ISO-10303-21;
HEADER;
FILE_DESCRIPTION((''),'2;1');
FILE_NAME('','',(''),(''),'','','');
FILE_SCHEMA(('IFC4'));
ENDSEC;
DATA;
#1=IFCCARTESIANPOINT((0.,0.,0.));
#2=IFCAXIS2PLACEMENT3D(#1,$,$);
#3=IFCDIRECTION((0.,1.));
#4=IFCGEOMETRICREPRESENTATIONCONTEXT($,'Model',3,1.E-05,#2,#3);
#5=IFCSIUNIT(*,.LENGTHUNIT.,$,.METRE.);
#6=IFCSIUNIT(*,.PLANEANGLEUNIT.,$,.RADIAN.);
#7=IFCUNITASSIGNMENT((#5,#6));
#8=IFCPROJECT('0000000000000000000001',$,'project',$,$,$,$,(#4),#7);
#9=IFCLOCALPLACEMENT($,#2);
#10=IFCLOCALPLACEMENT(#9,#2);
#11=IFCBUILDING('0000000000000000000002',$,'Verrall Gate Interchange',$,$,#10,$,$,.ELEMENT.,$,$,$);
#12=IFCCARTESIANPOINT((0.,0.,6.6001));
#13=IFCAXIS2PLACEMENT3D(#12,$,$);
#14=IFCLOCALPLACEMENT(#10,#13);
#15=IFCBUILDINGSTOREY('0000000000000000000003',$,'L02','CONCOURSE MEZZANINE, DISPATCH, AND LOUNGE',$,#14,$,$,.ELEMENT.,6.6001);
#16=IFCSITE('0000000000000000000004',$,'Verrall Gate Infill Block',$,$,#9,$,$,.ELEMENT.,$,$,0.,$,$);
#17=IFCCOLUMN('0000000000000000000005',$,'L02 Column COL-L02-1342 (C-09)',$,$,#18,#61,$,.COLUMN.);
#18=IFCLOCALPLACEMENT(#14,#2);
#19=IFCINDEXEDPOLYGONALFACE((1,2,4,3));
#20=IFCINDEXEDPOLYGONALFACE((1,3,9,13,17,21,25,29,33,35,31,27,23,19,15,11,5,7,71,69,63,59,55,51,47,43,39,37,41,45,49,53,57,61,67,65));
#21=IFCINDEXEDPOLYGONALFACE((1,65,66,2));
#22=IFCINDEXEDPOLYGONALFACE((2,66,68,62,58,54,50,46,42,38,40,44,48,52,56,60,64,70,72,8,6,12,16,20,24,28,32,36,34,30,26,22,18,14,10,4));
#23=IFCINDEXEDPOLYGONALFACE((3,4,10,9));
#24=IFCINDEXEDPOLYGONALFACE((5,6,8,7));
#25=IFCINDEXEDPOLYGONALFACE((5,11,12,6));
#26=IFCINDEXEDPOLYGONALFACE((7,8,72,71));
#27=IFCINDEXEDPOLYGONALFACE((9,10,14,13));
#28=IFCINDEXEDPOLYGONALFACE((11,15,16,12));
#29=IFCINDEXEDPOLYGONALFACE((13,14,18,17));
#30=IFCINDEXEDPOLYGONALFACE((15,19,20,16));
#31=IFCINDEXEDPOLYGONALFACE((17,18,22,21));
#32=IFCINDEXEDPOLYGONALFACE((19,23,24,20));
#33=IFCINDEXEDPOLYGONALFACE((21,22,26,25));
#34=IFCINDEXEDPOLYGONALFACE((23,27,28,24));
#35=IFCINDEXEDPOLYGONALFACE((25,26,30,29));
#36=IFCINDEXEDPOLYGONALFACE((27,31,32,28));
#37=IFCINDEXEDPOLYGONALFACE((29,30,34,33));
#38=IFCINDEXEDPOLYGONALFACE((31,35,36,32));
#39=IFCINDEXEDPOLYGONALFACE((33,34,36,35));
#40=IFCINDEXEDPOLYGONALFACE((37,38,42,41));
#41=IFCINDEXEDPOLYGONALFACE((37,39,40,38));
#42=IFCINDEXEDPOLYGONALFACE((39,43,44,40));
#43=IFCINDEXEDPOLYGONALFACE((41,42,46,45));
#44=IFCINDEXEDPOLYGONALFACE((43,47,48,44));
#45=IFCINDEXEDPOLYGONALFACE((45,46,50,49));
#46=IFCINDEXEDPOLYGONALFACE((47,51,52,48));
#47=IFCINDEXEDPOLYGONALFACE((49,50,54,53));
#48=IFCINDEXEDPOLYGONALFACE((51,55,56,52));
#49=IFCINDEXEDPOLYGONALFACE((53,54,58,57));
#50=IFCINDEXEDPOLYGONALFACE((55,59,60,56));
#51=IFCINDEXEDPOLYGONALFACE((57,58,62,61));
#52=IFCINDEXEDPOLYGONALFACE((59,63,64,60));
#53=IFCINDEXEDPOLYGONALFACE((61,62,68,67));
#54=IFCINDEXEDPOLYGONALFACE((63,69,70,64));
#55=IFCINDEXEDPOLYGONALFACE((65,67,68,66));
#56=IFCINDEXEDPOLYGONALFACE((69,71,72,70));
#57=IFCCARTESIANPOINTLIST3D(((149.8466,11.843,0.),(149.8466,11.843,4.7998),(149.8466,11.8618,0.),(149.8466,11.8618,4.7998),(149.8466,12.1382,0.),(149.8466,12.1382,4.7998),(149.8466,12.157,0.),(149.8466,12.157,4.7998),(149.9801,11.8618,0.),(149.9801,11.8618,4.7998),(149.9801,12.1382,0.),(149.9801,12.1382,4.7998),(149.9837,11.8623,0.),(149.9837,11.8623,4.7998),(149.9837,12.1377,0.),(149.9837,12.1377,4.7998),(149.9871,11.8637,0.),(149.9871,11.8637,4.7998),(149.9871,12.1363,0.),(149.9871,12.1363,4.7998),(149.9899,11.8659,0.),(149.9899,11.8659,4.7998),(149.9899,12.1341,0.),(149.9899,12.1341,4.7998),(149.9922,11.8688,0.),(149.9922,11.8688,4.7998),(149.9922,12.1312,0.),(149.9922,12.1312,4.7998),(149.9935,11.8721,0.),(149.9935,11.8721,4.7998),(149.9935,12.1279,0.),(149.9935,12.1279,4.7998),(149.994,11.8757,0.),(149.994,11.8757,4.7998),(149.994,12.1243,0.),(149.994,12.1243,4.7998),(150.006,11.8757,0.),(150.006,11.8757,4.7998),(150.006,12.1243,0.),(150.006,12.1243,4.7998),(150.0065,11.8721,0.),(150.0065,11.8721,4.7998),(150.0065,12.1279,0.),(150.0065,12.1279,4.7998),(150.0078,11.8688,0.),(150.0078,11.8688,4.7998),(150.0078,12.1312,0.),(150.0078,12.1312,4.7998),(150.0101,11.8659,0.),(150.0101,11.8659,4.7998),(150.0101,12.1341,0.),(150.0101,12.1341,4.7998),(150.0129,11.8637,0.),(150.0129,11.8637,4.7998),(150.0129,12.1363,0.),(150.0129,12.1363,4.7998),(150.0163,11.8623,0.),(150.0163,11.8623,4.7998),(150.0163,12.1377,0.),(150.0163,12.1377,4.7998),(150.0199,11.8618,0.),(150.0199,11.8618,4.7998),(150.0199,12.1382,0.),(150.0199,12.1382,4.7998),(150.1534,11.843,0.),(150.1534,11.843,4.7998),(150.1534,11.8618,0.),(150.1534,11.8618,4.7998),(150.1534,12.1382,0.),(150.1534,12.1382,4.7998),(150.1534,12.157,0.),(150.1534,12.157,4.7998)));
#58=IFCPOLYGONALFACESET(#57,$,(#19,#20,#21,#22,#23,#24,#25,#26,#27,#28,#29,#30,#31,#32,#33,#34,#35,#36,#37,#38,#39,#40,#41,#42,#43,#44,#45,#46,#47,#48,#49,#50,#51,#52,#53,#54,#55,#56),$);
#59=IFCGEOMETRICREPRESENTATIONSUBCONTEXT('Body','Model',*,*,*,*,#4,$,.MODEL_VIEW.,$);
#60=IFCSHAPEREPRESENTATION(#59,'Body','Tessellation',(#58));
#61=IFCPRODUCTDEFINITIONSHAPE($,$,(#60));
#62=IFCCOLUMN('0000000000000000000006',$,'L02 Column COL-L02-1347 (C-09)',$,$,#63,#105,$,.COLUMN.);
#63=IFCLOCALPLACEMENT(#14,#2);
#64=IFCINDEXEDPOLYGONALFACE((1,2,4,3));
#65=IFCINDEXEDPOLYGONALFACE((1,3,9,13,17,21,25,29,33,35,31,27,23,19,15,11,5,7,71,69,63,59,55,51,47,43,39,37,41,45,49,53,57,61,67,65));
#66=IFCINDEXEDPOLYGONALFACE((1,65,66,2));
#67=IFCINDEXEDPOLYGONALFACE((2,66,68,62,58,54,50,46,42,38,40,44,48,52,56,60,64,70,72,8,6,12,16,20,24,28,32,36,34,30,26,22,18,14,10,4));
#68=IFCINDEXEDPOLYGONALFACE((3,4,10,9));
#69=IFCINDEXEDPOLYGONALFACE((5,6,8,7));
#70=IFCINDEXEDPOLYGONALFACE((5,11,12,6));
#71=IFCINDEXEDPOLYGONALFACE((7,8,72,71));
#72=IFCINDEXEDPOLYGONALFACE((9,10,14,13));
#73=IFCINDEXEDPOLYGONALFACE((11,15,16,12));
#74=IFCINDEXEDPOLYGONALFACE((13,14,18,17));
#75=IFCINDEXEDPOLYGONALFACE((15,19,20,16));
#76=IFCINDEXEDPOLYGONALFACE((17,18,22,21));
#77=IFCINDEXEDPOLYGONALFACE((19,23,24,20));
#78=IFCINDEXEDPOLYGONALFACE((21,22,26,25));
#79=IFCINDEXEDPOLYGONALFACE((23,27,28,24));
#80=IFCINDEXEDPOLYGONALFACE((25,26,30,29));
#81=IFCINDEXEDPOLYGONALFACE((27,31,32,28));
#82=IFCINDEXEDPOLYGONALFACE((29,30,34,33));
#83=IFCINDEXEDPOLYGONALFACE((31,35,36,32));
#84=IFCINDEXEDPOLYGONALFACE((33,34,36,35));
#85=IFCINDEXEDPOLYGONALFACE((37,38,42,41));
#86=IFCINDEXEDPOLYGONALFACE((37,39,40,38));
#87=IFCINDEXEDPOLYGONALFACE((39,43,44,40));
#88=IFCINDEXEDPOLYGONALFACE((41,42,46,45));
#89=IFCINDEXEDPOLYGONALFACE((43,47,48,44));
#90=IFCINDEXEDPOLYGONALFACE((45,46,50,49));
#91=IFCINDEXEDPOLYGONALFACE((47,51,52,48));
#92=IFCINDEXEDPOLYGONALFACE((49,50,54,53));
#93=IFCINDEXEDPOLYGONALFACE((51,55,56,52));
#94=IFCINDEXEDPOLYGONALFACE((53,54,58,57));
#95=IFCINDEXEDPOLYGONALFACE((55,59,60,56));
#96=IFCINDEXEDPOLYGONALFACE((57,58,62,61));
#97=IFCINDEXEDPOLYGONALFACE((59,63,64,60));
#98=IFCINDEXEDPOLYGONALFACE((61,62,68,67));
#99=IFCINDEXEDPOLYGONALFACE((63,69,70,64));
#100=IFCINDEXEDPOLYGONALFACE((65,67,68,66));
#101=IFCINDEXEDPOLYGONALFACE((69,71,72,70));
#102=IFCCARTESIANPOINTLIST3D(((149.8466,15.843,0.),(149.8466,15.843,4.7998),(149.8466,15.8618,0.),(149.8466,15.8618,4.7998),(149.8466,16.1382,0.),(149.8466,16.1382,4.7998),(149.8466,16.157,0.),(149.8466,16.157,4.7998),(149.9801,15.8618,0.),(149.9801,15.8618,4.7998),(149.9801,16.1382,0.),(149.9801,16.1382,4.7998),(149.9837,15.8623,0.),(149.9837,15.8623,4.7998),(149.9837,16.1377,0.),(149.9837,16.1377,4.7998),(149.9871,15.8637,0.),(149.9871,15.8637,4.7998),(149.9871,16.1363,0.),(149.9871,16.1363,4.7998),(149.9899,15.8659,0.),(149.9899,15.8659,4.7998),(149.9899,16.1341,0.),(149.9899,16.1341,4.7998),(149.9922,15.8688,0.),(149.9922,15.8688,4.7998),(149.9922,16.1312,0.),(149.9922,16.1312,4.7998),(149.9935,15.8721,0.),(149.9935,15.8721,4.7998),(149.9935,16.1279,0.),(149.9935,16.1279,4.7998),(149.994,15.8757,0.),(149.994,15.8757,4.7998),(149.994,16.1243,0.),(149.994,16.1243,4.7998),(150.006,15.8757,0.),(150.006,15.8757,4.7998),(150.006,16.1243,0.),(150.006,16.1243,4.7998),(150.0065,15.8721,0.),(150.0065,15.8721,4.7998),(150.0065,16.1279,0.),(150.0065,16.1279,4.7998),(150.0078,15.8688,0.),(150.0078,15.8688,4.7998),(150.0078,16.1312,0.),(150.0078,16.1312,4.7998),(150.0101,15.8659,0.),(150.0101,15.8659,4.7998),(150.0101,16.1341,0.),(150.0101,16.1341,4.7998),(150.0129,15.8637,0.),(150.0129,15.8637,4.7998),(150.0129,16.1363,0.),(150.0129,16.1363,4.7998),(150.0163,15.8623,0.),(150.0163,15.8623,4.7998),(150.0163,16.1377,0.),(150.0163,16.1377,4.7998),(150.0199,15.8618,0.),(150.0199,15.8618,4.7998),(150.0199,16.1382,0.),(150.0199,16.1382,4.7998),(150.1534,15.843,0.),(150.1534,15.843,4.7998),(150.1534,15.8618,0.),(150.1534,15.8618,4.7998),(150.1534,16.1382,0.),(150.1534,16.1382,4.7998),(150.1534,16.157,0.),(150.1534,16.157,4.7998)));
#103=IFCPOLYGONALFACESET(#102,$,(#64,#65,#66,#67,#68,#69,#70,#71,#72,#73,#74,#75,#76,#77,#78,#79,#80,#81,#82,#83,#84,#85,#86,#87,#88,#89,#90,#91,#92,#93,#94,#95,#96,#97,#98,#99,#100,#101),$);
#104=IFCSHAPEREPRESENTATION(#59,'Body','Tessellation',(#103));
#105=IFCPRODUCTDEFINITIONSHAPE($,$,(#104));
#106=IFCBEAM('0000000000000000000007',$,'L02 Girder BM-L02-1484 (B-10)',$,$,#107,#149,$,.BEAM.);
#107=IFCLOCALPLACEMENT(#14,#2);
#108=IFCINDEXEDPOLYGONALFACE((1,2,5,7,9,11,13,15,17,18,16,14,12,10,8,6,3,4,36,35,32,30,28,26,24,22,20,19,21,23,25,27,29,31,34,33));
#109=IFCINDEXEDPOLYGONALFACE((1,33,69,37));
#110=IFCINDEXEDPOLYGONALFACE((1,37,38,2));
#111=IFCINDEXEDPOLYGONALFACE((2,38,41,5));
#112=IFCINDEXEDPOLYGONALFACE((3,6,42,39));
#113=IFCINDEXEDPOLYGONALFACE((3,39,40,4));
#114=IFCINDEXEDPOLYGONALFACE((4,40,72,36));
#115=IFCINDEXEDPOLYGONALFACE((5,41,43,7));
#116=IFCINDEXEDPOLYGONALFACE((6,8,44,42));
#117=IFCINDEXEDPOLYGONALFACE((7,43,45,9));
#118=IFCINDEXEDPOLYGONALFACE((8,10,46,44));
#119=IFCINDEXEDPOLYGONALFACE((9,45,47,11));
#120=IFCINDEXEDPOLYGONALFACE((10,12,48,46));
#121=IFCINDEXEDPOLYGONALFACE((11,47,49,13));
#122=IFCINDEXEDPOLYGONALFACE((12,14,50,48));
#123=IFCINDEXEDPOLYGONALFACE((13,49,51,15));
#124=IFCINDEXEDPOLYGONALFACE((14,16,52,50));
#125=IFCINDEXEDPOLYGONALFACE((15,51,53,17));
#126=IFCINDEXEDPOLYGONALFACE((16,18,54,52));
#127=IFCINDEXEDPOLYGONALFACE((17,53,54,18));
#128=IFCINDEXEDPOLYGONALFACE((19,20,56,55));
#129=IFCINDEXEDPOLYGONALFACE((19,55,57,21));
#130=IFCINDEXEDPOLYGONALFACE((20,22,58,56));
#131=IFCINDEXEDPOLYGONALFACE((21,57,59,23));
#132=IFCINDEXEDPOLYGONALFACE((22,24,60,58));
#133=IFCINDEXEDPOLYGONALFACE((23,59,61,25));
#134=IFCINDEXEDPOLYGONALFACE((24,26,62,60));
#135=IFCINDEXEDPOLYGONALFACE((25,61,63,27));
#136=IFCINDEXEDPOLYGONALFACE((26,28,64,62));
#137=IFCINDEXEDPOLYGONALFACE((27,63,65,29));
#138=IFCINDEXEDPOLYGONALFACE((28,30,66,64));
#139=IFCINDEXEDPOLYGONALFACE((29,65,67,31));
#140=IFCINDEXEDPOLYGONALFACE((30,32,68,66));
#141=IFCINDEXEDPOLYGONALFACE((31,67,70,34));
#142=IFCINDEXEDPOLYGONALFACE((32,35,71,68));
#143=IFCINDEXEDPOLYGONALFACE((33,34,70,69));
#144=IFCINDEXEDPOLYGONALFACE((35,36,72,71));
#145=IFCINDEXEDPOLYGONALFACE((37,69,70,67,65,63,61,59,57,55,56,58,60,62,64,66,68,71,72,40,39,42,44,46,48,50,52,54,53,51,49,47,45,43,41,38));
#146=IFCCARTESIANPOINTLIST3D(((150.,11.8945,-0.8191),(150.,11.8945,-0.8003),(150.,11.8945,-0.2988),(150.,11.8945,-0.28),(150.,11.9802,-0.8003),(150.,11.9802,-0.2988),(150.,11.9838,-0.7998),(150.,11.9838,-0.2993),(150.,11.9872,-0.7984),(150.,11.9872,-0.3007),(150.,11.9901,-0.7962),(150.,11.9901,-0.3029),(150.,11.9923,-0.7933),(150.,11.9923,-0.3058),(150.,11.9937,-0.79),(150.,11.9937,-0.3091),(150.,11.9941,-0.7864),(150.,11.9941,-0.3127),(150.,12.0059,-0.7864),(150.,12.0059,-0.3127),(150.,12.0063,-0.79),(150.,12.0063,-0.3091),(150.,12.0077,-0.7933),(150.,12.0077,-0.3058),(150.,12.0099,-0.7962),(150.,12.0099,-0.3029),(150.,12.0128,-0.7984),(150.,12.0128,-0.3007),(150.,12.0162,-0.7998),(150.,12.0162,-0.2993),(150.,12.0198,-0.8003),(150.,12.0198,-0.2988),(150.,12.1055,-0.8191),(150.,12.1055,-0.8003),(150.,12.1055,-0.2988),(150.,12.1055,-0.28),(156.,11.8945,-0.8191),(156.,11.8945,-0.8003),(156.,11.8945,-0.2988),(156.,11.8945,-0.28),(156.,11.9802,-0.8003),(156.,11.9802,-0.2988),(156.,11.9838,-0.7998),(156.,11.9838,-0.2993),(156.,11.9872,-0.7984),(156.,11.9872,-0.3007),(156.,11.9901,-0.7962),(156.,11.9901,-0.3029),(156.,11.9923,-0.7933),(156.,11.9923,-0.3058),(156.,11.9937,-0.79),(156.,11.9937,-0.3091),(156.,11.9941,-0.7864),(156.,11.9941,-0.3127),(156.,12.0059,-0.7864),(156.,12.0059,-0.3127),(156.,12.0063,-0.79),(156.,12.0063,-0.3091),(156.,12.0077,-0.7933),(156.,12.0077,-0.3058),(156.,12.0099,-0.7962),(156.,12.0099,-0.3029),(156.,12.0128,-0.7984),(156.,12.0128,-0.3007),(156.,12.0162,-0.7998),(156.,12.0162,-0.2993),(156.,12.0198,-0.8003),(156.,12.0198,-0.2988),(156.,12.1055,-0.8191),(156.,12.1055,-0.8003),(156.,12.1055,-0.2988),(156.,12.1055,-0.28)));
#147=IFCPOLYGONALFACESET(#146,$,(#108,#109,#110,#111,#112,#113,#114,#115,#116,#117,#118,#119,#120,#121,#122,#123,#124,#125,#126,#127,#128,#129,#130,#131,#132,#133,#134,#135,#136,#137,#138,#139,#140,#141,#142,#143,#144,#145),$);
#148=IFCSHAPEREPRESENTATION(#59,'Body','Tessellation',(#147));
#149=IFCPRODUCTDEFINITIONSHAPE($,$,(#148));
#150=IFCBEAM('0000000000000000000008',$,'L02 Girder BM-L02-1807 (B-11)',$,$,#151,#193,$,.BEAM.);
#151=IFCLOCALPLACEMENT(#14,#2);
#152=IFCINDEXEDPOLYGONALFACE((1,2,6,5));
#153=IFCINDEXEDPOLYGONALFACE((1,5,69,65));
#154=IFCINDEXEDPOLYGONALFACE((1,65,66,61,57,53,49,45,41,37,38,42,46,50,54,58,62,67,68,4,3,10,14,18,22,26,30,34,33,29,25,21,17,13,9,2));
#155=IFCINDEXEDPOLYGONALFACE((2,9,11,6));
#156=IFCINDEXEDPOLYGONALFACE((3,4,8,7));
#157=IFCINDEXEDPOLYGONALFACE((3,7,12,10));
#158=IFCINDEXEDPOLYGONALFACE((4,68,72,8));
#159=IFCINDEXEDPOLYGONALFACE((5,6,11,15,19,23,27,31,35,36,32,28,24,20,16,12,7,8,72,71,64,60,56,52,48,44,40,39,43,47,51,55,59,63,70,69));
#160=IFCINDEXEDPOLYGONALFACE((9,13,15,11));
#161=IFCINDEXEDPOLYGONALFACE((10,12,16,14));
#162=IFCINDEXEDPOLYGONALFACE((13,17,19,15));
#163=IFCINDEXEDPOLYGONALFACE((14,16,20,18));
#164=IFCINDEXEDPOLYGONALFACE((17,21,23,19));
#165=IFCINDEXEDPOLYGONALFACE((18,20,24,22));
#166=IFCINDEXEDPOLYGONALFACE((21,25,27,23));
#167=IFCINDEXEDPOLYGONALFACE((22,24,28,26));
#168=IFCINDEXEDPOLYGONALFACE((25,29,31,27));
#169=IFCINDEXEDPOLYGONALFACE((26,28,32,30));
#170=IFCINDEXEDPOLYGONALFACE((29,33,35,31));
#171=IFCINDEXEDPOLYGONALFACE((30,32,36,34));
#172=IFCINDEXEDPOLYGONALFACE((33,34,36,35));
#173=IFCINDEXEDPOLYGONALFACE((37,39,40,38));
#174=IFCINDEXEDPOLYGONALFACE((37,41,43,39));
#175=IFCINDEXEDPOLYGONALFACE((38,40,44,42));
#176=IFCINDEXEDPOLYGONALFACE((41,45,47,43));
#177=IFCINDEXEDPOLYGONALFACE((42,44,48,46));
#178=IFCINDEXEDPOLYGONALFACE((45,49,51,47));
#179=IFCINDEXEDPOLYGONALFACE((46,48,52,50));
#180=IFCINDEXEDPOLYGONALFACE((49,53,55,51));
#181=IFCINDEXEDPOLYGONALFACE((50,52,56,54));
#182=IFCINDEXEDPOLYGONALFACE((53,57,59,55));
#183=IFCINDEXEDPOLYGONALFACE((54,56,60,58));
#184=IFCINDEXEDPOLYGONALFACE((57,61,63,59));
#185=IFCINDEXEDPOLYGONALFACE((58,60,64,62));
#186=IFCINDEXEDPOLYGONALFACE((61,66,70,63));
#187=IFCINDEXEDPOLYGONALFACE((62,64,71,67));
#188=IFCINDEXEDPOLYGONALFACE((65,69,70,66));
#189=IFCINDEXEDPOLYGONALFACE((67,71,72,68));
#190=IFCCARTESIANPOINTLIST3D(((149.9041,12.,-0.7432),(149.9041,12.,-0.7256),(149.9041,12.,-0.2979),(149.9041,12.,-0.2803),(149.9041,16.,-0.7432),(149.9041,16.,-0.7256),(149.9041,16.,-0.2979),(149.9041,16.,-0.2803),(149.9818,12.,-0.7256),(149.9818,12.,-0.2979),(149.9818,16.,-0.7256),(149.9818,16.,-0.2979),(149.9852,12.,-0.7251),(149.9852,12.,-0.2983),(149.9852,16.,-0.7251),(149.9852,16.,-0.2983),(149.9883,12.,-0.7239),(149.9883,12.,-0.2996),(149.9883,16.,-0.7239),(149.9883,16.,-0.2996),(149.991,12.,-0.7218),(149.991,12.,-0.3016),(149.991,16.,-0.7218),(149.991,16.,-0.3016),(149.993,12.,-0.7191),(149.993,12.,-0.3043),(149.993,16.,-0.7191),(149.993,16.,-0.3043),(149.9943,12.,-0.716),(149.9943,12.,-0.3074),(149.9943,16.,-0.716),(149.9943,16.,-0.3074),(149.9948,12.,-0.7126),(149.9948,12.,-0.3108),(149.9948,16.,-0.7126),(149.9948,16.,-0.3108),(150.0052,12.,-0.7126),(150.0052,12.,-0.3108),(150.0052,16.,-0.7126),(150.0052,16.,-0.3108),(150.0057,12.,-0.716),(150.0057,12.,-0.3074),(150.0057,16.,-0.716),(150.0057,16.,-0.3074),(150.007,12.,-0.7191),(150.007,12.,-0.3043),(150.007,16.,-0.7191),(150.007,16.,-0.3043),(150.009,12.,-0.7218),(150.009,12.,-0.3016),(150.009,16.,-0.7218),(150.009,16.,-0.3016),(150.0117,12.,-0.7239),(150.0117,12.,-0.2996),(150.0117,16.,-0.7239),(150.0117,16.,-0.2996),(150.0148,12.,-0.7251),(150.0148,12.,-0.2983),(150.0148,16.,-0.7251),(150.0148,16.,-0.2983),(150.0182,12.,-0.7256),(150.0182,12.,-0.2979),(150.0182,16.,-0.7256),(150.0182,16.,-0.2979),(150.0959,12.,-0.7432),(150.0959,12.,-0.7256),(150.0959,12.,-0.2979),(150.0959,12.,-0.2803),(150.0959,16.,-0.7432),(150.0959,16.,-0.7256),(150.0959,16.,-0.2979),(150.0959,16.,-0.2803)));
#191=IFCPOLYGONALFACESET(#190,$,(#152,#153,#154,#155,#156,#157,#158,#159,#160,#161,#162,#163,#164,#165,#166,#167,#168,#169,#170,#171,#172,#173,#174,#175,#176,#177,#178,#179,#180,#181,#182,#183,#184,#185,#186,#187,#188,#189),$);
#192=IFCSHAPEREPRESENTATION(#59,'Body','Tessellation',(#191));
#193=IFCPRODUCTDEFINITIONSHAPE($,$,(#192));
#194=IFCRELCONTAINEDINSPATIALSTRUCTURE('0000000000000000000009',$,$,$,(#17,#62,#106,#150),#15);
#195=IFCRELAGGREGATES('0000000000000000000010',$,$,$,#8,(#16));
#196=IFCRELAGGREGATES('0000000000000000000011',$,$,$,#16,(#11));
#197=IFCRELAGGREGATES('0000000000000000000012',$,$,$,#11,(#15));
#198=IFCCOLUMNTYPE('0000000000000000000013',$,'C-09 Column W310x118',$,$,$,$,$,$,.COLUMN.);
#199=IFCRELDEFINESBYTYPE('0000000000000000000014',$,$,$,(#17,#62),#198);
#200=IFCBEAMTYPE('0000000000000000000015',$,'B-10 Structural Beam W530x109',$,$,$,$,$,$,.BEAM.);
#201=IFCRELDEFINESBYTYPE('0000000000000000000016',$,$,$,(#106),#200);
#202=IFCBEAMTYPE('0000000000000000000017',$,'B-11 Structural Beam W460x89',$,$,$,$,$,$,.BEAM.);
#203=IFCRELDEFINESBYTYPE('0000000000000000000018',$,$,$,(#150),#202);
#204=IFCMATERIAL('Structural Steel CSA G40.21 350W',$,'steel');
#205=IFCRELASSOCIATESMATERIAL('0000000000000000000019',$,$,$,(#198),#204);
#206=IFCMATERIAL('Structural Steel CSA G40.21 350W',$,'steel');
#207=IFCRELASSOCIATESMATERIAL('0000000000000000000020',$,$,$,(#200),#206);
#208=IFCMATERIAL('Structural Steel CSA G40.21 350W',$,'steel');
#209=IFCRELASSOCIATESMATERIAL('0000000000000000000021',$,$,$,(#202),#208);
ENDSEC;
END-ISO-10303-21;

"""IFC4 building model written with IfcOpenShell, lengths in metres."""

from ifc_helpers import new_model, si_unit, direction, frame, origin, origin_2d, place, context, subcontext, project, spatial, i_section, extrude, material, material_profile, profile_set, type_object, element, save


model = new_model("IFC4")

# Units and contexts
model_context = context("Model", 3, precision=1e-05, world=origin(), true_north=direction((0.0, 1.0)))
body_context = subcontext(model_context, "Body", "Model", "MODEL_VIEW")
ifc_project = project(units=[si_unit("LENGTHUNIT", "METRE"), si_unit("PLANEANGLEUNIT", "RADIAN")], contexts=[model_context])

# Site, building, storey
site_placement = place(None, origin())
site = spatial("IfcSite", under=ifc_project, at=site_placement, Name="Verrall Gate Infill Block", CompositionType="ELEMENT", RefElevation=0.0)
building_placement = place(site_placement, origin())
building = spatial("IfcBuilding", under=site, at=building_placement, Name="Verrall Gate Interchange", CompositionType="ELEMENT")
storey_placement = place(building_placement, frame((0.0, 0.0, 6.6001)))
storey = spatial("IfcBuildingStorey", under=building, at=storey_placement, Name="L02", Description="CONCOURSE MEZZANINE, DISPATCH, AND LOUNGE", CompositionType="ELEMENT", Elevation=6.6001)

# Columns
ifc_material_1 = material(Name="Structural Steel CSA G40.21 350W", Category="steel")
ifc_material_profile_1 = material_profile(ifc_material_1, i_section(OverallWidth=0.3069, OverallDepth=0.314, WebThickness=0.012, FlangeThickness=0.0188, FilletRadius=0.0139, at=origin_2d()), Name="W310x118")
ifc_profile_set_1 = profile_set([ifc_material_profile_1], Name="Structural Steel CSA G40.21 350W")
column_type = type_object("IfcColumnType", Name="C-09 Column W310x118", PredefinedType="COLUMN", material=ifc_profile_set_1)
for number, where, z_axis, x_axis, name in (
    (1, (150.0, 12.0, 0.0), (0.0, 0.0, 1.0), (1.0, 0.0, 0.0), "L02 Column COL-L02-1342 (C-09)"),
    (2, (150.0, 16.0, 0.0), (0.0, 0.0, 1.0), (1.0, 0.0, 0.0), "L02 Column COL-L02-1347 (C-09)"),
):
    element("IfcColumn", number, at=place(storey_placement, frame(where, z_axis=z_axis, x_axis=x_axis)), inside=storey, type_object=column_type, Name=name, PredefinedType="COLUMN", context=body_context, shape_type="SweptSolid", body=[
        extrude(i_section(OverallWidth=0.3069, OverallDepth=0.314, WebThickness=0.012, FlangeThickness=0.0188, FilletRadius=0.0139, at=origin_2d()), origin(), (0.0, 0.0, 1.0), 4.7998),
    ])

# Beams
ifc_material_2 = material(Name="Structural Steel CSA G40.21 350W", Category="steel")
ifc_material_profile_2 = material_profile(ifc_material_2, i_section(OverallWidth=0.2109, OverallDepth=0.5391, WebThickness=0.0117, FlangeThickness=0.0188, FilletRadius=0.0139, at=origin_2d()), Name="W530x109")
ifc_profile_set_2 = profile_set([ifc_material_profile_2], Name="Structural Steel CSA G40.21 350W")
beam_type_1 = type_object("IfcBeamType", Name="B-10 Structural Beam W530x109", PredefinedType="BEAM", material=ifc_profile_set_2)
beam_1_placement = place(storey_placement, frame((150.0, 12.0, -0.5496), z_axis=(1.0, 0.0, 0.0), x_axis=(0.0, 1.0, 0.0)))
element("IfcBeam", 3, at=beam_1_placement, inside=storey, type_object=beam_type_1, Name="L02 Girder BM-L02-1484 (B-10)", PredefinedType="BEAM", context=body_context, shape_type="SweptSolid", body=[
    extrude(i_section(OverallWidth=0.2109, OverallDepth=0.5391, WebThickness=0.0117, FlangeThickness=0.0188, FilletRadius=0.0139, at=origin_2d()), origin(), (0.0, 0.0, 1.0), 6.0),
])
ifc_material_3 = material(Name="Structural Steel CSA G40.21 350W", Category="steel")
ifc_material_profile_3 = material_profile(ifc_material_3, i_section(OverallWidth=0.1919, OverallDepth=0.4629, WebThickness=0.0105, FlangeThickness=0.0176, FilletRadius=0.0129, at=origin_2d()), Name="W460x89")
ifc_profile_set_3 = profile_set([ifc_material_profile_3], Name="Structural Steel CSA G40.21 350W")
beam_type_2 = type_object("IfcBeamType", Name="B-11 Structural Beam W460x89", PredefinedType="BEAM", material=ifc_profile_set_3)
beam_2_placement = place(storey_placement, frame((150.0, 12.0, -0.5117), z_axis=(0.0, 1.0, 0.0), x_axis=(-1.0, 0.0, 0.0)))
element("IfcBeam", 4, at=beam_2_placement, inside=storey, type_object=beam_type_2, Name="L02 Girder BM-L02-1807 (B-11)", PredefinedType="BEAM", context=body_context, shape_type="SweptSolid", body=[
    extrude(i_section(OverallWidth=0.1919, OverallDepth=0.4629, WebThickness=0.0105, FlangeThickness=0.0176, FilletRadius=0.0129, at=origin_2d()), origin(), (0.0, 0.0, 1.0), 4.0),
])

save(model, "model.ifc")
